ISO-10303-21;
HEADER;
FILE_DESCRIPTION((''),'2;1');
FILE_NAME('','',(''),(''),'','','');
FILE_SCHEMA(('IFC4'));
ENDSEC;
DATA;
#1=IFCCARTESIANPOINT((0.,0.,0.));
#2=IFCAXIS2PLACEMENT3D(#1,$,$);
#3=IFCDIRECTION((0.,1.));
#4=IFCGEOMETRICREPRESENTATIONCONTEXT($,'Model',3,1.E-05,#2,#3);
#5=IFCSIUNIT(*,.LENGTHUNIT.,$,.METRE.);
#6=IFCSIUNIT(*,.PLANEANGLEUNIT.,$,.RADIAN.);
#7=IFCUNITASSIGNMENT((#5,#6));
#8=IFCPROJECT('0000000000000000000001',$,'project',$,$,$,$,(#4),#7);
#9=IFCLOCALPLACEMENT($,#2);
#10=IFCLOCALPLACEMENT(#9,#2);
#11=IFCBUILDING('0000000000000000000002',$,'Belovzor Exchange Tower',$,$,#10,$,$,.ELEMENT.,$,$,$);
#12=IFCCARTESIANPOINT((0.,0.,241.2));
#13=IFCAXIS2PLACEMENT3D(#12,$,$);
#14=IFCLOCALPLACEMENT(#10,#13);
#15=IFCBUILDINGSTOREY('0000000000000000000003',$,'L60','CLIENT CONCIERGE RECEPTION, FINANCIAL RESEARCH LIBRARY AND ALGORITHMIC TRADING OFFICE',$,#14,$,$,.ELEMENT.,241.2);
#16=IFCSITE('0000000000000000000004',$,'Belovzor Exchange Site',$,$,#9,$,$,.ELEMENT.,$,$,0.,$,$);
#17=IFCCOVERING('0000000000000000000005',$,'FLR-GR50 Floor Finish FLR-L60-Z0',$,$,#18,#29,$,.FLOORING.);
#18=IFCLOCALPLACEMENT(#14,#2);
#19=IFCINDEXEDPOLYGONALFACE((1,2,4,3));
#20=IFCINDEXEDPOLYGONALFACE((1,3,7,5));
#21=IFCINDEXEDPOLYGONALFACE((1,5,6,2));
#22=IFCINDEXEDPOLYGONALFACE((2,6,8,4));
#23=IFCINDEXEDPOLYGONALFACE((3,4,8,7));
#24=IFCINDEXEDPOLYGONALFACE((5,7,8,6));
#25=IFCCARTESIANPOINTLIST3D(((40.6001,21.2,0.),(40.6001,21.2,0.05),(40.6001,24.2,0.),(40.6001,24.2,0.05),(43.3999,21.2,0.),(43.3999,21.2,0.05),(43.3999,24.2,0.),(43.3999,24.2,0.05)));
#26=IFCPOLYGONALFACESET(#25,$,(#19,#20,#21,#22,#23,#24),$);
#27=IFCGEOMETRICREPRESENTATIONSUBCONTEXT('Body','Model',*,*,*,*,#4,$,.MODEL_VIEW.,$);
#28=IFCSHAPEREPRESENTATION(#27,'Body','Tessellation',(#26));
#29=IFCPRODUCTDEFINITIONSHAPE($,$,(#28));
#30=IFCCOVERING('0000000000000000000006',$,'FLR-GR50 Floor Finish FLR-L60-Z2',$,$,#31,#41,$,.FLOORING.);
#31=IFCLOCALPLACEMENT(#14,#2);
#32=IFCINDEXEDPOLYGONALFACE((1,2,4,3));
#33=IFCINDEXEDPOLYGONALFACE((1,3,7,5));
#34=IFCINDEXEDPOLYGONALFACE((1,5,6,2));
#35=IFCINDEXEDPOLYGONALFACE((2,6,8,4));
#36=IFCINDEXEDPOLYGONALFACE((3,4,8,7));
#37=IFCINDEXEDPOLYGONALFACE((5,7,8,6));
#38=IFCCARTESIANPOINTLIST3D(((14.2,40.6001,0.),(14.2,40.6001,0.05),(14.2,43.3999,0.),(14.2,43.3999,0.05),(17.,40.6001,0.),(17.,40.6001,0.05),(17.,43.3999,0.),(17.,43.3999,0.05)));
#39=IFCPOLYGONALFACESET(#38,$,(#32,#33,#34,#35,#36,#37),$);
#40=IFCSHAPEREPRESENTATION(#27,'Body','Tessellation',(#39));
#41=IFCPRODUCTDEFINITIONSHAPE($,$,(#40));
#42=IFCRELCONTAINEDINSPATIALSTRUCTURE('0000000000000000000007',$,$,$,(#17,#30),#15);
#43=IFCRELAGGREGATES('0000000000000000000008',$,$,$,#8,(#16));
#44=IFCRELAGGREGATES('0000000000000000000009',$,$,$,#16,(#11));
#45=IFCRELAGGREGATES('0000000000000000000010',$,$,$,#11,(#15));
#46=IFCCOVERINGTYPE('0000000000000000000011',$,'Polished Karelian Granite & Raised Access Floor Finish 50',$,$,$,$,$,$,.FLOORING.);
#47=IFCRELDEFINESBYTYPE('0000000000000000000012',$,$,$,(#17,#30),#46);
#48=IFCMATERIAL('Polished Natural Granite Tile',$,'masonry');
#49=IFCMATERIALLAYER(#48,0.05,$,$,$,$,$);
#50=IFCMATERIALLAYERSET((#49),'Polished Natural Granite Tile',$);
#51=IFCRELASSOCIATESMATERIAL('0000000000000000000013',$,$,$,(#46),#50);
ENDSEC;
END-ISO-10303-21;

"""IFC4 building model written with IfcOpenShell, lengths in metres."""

from ifc_helpers import new_model, si_unit, direction, frame, origin, place, context, subcontext, project, spatial, polyline, outline, extrude, material, layer, layer_set, type_object, element, save


model = new_model("IFC4")

# Units and contexts
model_context = context("Model", 3, precision=1e-05, world=origin(), true_north=direction((0.0, 1.0)))
body_context = subcontext(model_context, "Body", "Model", "MODEL_VIEW")
ifc_project = project(units=[si_unit("LENGTHUNIT", "METRE"), si_unit("PLANEANGLEUNIT", "RADIAN")], contexts=[model_context])

# Site, building, storey
site_placement = place(None, origin())
site = spatial("IfcSite", under=ifc_project, at=site_placement, Name="Belovzor Exchange Site", CompositionType="ELEMENT", RefElevation=0.0)
building_placement = place(site_placement, origin())
building = spatial("IfcBuilding", under=site, at=building_placement, Name="Belovzor Exchange Tower", CompositionType="ELEMENT")
storey_placement = place(building_placement, frame((0.0, 0.0, 241.2)))
storey = spatial("IfcBuildingStorey", under=building, at=storey_placement, Name="L60", Description="CLIENT CONCIERGE RECEPTION, FINANCIAL RESEARCH LIBRARY AND ALGORITHMIC TRADING OFFICE", CompositionType="ELEMENT", Elevation=241.2)

# Coverings
ifc_material_1 = material(Name="Polished Natural Granite Tile", Category="masonry")
ifc_layer_1 = layer(ifc_material_1, 0.05)
ifc_layer_set_1 = layer_set([ifc_layer_1], Name="Polished Natural Granite Tile")
covering_type_1 = type_object("IfcCoveringType", Name="Polished Karelian Granite & Raised Access Floor Finish 50", PredefinedType="FLOORING", material=ifc_layer_set_1)
covering_1_placement = place(storey_placement, origin())
element("IfcCovering", 1, at=covering_1_placement, inside=storey, type_object=covering_type_1, Name="FLR-GR50 Floor Finish FLR-L60-Z0", PredefinedType="FLOORING", context=body_context, shape_type="SweptSolid", body=[
    extrude(outline(polyline([(40.6001, 21.2), (43.3999, 21.2), (43.3999, 24.2), (40.6001, 24.2), (40.6001, 21.2)])), origin(), (0.0, 0.0, 1.0), 0.05),
])
covering_2_placement = place(storey_placement, origin())
element("IfcCovering", 2, at=covering_2_placement, inside=storey, type_object=covering_type_1, Name="FLR-GR50 Floor Finish FLR-L60-Z2", PredefinedType="FLOORING", context=body_context, shape_type="SweptSolid", body=[
    extrude(outline(polyline([(14.2, 40.6001), (17.0, 40.6001), (17.0, 43.3999), (14.2, 43.3999), (14.2, 40.6001)])), origin(), (0.0, 0.0, 1.0), 0.05),
])

save(model, "model.ifc")
